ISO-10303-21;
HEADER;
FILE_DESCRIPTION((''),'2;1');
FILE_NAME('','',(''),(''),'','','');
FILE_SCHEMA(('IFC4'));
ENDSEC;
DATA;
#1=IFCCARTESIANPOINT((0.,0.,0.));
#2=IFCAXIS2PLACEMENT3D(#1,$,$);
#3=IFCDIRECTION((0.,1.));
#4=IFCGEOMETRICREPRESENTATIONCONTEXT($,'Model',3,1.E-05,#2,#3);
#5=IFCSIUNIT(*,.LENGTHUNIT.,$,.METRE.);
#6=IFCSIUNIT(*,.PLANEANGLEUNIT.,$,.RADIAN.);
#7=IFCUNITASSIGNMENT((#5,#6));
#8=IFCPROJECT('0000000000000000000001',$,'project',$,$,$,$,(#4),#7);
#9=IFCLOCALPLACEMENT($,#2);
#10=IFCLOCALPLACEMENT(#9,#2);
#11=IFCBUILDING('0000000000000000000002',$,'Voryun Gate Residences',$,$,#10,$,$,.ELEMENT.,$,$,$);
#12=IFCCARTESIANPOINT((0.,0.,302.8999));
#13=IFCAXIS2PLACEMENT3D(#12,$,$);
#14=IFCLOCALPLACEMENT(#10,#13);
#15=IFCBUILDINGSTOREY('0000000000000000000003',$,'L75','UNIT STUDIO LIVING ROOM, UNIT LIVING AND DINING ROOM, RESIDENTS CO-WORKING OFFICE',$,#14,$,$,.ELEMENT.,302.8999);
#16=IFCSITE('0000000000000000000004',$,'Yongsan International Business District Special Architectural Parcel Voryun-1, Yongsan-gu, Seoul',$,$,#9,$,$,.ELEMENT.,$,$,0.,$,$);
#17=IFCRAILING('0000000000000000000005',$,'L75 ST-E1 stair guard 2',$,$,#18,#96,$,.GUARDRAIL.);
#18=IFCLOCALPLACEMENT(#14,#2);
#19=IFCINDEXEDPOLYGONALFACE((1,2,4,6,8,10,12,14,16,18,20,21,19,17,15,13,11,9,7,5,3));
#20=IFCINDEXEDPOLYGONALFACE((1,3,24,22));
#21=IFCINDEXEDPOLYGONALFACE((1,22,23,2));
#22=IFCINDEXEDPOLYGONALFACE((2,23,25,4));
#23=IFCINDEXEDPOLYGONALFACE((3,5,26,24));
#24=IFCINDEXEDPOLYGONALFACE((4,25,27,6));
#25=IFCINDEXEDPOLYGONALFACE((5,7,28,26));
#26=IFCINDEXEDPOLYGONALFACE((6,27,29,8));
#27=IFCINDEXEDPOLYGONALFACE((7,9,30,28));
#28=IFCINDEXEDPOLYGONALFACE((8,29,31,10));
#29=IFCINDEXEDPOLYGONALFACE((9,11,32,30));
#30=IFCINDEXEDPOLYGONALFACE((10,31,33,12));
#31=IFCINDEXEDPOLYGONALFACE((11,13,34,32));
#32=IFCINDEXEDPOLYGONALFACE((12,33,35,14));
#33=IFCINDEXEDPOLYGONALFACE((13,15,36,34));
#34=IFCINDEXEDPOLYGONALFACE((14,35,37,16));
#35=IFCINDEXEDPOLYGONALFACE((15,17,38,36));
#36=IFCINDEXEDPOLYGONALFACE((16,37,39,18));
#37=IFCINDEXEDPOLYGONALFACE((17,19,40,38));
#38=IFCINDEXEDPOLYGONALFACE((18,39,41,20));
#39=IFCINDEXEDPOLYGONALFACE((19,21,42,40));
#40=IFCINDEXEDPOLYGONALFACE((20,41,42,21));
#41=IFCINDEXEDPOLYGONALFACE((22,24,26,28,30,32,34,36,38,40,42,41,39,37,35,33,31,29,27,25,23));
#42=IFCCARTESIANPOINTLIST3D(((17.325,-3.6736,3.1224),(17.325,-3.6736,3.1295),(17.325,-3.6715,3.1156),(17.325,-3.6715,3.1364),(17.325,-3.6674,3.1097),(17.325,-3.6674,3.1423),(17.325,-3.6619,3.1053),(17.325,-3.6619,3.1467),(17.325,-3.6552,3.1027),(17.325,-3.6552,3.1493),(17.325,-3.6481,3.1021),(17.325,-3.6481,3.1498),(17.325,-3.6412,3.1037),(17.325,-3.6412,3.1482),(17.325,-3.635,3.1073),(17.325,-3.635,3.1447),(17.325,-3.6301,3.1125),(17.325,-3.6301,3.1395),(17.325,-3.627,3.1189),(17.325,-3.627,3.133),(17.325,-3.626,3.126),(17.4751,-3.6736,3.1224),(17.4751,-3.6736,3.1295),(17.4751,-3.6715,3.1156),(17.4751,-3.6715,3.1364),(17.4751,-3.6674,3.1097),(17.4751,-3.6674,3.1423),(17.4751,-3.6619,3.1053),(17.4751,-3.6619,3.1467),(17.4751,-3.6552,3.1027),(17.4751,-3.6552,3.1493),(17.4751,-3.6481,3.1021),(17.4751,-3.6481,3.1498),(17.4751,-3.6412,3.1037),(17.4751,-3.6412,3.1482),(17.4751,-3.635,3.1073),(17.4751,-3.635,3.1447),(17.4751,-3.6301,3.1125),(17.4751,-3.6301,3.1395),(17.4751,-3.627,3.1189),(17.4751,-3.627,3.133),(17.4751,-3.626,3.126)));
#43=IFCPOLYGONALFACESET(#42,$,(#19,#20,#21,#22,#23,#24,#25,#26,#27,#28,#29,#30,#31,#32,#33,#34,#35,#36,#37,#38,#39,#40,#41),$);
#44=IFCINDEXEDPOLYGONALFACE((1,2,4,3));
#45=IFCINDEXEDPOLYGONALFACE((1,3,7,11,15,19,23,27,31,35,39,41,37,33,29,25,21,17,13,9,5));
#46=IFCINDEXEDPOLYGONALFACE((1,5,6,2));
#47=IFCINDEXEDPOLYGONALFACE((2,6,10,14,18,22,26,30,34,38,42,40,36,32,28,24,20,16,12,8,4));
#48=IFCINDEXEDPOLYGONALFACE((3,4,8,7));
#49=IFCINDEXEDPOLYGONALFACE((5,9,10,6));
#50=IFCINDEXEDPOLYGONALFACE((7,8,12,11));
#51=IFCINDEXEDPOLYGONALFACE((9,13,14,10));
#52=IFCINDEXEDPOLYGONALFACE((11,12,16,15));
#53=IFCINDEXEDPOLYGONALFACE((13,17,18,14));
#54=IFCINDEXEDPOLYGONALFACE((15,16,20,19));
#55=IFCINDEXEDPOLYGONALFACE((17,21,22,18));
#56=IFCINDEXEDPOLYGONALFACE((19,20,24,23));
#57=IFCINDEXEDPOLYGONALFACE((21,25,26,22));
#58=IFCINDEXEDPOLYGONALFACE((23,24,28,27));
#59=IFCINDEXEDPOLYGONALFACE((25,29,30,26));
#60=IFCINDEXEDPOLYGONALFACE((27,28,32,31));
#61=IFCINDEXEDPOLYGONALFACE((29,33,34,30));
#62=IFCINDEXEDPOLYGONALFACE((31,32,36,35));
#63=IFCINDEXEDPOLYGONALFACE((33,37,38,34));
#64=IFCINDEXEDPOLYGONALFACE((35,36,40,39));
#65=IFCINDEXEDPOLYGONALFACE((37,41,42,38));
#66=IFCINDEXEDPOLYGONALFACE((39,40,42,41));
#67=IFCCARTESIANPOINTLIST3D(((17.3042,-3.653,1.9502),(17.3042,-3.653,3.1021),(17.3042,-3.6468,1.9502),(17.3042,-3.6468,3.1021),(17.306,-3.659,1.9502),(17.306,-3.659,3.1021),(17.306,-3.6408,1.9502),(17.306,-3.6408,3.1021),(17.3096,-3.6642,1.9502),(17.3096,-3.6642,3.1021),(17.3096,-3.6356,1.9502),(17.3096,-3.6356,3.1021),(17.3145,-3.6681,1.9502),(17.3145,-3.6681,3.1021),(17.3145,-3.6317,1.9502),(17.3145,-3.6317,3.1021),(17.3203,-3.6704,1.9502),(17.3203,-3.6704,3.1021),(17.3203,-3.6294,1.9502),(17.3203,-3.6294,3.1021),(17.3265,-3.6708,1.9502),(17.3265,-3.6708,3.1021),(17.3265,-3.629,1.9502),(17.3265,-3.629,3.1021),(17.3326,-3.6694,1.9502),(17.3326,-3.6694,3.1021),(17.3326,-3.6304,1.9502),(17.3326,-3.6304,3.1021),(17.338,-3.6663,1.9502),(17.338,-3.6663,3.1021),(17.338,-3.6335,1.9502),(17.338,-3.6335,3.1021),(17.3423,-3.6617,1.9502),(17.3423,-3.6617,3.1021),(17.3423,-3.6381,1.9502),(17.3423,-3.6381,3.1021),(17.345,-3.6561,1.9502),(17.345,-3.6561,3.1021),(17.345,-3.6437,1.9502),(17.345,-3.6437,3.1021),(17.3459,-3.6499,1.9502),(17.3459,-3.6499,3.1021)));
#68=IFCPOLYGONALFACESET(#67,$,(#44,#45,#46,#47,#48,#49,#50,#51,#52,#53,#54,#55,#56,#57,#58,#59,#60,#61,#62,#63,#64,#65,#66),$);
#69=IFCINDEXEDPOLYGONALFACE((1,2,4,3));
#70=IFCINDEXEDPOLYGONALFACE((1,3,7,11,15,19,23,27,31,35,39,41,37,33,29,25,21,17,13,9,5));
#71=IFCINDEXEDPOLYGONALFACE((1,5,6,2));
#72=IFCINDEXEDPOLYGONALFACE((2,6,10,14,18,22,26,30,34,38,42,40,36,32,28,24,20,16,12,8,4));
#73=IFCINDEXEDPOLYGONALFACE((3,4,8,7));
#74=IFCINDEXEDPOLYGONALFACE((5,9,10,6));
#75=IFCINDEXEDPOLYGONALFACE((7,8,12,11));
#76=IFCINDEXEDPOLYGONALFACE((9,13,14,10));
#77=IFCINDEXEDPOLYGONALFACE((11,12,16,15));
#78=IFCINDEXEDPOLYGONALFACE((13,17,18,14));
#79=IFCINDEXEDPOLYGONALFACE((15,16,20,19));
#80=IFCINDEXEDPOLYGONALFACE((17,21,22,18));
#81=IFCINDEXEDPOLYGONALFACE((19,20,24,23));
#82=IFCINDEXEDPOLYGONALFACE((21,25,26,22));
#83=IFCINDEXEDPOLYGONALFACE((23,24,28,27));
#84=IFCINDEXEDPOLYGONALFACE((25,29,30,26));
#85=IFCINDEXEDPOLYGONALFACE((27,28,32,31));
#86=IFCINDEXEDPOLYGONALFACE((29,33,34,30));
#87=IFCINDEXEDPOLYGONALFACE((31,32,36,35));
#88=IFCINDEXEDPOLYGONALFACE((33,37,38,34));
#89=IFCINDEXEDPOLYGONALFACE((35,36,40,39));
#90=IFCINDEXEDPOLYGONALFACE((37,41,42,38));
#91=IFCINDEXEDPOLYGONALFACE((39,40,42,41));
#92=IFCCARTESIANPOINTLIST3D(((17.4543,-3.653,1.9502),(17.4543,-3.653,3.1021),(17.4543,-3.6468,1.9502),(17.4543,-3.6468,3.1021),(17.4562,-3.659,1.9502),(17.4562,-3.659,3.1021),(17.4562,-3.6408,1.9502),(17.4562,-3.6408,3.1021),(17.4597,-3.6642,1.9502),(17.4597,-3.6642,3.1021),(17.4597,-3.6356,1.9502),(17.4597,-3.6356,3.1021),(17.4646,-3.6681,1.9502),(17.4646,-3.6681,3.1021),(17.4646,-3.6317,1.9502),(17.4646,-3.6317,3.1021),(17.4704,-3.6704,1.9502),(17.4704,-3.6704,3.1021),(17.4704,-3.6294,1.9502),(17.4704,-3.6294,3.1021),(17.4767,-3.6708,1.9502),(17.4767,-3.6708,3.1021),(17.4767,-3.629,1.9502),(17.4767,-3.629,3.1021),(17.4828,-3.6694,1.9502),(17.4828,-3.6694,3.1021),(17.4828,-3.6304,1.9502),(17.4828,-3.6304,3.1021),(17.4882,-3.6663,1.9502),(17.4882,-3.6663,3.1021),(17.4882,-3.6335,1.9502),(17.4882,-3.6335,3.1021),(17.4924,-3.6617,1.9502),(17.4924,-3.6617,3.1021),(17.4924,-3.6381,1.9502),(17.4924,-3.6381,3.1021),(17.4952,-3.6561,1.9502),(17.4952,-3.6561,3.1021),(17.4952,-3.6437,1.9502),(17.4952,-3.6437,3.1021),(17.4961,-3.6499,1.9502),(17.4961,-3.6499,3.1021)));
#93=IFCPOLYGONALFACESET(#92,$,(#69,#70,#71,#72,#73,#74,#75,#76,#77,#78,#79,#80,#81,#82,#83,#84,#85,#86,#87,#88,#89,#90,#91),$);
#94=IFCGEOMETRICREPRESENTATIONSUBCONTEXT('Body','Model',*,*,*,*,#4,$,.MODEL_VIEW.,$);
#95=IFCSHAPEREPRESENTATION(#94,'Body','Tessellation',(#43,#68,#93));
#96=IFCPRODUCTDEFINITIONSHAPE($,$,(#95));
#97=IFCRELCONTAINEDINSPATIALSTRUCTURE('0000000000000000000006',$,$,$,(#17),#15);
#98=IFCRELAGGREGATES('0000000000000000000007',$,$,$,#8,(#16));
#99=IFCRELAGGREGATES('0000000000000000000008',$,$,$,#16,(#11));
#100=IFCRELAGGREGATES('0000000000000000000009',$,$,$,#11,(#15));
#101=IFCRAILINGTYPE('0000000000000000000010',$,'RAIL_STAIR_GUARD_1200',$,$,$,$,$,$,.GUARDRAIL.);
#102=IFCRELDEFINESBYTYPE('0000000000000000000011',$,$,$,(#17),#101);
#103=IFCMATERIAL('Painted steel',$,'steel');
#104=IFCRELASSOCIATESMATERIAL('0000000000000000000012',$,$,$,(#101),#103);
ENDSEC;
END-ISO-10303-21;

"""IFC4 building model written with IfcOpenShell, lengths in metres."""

from ifc_helpers import new_model, si_unit, direction, frame, origin, origin_2d, place, context, subcontext, project, spatial, circle, extrude, material, type_object, element, save


model = new_model("IFC4")

# Units and contexts
model_context = context("Model", 3, precision=1e-05, world=origin(), true_north=direction((0.0, 1.0)))
body_context = subcontext(model_context, "Body", "Model", "MODEL_VIEW")
ifc_project = project(units=[si_unit("LENGTHUNIT", "METRE"), si_unit("PLANEANGLEUNIT", "RADIAN")], contexts=[model_context])

# Site, building, storey
site_placement = place(None, origin())
site = spatial("IfcSite", under=ifc_project, at=site_placement, Name="Yongsan International Business District Special Architectural Parcel Voryun-1, Yongsan-gu, Seoul", CompositionType="ELEMENT", RefElevation=0.0)
building_placement = place(site_placement, origin())
building = spatial("IfcBuilding", under=site, at=building_placement, Name="Voryun Gate Residences", CompositionType="ELEMENT")
storey_placement = place(building_placement, frame((0.0, 0.0, 302.8999)))
storey = spatial("IfcBuildingStorey", under=building, at=storey_placement, Name="L75", Description="UNIT STUDIO LIVING ROOM, UNIT LIVING AND DINING ROOM, RESIDENTS CO-WORKING OFFICE", CompositionType="ELEMENT", Elevation=302.8999)

# Railing
ifc_material_1 = material(Name="Painted steel", Category="steel")
railing_type_1 = type_object("IfcRailingType", Name="RAIL_STAIR_GUARD_1200", PredefinedType="GUARDRAIL", material=ifc_material_1)
railing_1_placement = place(storey_placement, frame((17.325, -3.6499, 1.9502)))
element("IfcRailing", 1, at=railing_1_placement, inside=storey, type_object=railing_type_1, Name="L75 ST-E1 stair guard 2", PredefinedType="GUARDRAIL", context=body_context, shape_type="SweptSolid", body=[
    extrude(circle(Radius=0.0239, at=origin_2d()), frame((0.0, 0.0, 1.1758), z_axis=(1.0, 0.0, 0.0), x_axis=(0.0, 1.0, 0.0)), (0.0, 0.0, 1.0), 0.1501),
    extrude(circle(Radius=0.021, at=origin_2d()), origin(), (0.0, 0.0, 1.0), 1.1519),
    extrude(circle(Radius=0.021, at=origin_2d()), frame((0.1501, 0.0, 0.0)), (0.0, 0.0, 1.0), 1.1519),
])

save(model, "model.ifc")
